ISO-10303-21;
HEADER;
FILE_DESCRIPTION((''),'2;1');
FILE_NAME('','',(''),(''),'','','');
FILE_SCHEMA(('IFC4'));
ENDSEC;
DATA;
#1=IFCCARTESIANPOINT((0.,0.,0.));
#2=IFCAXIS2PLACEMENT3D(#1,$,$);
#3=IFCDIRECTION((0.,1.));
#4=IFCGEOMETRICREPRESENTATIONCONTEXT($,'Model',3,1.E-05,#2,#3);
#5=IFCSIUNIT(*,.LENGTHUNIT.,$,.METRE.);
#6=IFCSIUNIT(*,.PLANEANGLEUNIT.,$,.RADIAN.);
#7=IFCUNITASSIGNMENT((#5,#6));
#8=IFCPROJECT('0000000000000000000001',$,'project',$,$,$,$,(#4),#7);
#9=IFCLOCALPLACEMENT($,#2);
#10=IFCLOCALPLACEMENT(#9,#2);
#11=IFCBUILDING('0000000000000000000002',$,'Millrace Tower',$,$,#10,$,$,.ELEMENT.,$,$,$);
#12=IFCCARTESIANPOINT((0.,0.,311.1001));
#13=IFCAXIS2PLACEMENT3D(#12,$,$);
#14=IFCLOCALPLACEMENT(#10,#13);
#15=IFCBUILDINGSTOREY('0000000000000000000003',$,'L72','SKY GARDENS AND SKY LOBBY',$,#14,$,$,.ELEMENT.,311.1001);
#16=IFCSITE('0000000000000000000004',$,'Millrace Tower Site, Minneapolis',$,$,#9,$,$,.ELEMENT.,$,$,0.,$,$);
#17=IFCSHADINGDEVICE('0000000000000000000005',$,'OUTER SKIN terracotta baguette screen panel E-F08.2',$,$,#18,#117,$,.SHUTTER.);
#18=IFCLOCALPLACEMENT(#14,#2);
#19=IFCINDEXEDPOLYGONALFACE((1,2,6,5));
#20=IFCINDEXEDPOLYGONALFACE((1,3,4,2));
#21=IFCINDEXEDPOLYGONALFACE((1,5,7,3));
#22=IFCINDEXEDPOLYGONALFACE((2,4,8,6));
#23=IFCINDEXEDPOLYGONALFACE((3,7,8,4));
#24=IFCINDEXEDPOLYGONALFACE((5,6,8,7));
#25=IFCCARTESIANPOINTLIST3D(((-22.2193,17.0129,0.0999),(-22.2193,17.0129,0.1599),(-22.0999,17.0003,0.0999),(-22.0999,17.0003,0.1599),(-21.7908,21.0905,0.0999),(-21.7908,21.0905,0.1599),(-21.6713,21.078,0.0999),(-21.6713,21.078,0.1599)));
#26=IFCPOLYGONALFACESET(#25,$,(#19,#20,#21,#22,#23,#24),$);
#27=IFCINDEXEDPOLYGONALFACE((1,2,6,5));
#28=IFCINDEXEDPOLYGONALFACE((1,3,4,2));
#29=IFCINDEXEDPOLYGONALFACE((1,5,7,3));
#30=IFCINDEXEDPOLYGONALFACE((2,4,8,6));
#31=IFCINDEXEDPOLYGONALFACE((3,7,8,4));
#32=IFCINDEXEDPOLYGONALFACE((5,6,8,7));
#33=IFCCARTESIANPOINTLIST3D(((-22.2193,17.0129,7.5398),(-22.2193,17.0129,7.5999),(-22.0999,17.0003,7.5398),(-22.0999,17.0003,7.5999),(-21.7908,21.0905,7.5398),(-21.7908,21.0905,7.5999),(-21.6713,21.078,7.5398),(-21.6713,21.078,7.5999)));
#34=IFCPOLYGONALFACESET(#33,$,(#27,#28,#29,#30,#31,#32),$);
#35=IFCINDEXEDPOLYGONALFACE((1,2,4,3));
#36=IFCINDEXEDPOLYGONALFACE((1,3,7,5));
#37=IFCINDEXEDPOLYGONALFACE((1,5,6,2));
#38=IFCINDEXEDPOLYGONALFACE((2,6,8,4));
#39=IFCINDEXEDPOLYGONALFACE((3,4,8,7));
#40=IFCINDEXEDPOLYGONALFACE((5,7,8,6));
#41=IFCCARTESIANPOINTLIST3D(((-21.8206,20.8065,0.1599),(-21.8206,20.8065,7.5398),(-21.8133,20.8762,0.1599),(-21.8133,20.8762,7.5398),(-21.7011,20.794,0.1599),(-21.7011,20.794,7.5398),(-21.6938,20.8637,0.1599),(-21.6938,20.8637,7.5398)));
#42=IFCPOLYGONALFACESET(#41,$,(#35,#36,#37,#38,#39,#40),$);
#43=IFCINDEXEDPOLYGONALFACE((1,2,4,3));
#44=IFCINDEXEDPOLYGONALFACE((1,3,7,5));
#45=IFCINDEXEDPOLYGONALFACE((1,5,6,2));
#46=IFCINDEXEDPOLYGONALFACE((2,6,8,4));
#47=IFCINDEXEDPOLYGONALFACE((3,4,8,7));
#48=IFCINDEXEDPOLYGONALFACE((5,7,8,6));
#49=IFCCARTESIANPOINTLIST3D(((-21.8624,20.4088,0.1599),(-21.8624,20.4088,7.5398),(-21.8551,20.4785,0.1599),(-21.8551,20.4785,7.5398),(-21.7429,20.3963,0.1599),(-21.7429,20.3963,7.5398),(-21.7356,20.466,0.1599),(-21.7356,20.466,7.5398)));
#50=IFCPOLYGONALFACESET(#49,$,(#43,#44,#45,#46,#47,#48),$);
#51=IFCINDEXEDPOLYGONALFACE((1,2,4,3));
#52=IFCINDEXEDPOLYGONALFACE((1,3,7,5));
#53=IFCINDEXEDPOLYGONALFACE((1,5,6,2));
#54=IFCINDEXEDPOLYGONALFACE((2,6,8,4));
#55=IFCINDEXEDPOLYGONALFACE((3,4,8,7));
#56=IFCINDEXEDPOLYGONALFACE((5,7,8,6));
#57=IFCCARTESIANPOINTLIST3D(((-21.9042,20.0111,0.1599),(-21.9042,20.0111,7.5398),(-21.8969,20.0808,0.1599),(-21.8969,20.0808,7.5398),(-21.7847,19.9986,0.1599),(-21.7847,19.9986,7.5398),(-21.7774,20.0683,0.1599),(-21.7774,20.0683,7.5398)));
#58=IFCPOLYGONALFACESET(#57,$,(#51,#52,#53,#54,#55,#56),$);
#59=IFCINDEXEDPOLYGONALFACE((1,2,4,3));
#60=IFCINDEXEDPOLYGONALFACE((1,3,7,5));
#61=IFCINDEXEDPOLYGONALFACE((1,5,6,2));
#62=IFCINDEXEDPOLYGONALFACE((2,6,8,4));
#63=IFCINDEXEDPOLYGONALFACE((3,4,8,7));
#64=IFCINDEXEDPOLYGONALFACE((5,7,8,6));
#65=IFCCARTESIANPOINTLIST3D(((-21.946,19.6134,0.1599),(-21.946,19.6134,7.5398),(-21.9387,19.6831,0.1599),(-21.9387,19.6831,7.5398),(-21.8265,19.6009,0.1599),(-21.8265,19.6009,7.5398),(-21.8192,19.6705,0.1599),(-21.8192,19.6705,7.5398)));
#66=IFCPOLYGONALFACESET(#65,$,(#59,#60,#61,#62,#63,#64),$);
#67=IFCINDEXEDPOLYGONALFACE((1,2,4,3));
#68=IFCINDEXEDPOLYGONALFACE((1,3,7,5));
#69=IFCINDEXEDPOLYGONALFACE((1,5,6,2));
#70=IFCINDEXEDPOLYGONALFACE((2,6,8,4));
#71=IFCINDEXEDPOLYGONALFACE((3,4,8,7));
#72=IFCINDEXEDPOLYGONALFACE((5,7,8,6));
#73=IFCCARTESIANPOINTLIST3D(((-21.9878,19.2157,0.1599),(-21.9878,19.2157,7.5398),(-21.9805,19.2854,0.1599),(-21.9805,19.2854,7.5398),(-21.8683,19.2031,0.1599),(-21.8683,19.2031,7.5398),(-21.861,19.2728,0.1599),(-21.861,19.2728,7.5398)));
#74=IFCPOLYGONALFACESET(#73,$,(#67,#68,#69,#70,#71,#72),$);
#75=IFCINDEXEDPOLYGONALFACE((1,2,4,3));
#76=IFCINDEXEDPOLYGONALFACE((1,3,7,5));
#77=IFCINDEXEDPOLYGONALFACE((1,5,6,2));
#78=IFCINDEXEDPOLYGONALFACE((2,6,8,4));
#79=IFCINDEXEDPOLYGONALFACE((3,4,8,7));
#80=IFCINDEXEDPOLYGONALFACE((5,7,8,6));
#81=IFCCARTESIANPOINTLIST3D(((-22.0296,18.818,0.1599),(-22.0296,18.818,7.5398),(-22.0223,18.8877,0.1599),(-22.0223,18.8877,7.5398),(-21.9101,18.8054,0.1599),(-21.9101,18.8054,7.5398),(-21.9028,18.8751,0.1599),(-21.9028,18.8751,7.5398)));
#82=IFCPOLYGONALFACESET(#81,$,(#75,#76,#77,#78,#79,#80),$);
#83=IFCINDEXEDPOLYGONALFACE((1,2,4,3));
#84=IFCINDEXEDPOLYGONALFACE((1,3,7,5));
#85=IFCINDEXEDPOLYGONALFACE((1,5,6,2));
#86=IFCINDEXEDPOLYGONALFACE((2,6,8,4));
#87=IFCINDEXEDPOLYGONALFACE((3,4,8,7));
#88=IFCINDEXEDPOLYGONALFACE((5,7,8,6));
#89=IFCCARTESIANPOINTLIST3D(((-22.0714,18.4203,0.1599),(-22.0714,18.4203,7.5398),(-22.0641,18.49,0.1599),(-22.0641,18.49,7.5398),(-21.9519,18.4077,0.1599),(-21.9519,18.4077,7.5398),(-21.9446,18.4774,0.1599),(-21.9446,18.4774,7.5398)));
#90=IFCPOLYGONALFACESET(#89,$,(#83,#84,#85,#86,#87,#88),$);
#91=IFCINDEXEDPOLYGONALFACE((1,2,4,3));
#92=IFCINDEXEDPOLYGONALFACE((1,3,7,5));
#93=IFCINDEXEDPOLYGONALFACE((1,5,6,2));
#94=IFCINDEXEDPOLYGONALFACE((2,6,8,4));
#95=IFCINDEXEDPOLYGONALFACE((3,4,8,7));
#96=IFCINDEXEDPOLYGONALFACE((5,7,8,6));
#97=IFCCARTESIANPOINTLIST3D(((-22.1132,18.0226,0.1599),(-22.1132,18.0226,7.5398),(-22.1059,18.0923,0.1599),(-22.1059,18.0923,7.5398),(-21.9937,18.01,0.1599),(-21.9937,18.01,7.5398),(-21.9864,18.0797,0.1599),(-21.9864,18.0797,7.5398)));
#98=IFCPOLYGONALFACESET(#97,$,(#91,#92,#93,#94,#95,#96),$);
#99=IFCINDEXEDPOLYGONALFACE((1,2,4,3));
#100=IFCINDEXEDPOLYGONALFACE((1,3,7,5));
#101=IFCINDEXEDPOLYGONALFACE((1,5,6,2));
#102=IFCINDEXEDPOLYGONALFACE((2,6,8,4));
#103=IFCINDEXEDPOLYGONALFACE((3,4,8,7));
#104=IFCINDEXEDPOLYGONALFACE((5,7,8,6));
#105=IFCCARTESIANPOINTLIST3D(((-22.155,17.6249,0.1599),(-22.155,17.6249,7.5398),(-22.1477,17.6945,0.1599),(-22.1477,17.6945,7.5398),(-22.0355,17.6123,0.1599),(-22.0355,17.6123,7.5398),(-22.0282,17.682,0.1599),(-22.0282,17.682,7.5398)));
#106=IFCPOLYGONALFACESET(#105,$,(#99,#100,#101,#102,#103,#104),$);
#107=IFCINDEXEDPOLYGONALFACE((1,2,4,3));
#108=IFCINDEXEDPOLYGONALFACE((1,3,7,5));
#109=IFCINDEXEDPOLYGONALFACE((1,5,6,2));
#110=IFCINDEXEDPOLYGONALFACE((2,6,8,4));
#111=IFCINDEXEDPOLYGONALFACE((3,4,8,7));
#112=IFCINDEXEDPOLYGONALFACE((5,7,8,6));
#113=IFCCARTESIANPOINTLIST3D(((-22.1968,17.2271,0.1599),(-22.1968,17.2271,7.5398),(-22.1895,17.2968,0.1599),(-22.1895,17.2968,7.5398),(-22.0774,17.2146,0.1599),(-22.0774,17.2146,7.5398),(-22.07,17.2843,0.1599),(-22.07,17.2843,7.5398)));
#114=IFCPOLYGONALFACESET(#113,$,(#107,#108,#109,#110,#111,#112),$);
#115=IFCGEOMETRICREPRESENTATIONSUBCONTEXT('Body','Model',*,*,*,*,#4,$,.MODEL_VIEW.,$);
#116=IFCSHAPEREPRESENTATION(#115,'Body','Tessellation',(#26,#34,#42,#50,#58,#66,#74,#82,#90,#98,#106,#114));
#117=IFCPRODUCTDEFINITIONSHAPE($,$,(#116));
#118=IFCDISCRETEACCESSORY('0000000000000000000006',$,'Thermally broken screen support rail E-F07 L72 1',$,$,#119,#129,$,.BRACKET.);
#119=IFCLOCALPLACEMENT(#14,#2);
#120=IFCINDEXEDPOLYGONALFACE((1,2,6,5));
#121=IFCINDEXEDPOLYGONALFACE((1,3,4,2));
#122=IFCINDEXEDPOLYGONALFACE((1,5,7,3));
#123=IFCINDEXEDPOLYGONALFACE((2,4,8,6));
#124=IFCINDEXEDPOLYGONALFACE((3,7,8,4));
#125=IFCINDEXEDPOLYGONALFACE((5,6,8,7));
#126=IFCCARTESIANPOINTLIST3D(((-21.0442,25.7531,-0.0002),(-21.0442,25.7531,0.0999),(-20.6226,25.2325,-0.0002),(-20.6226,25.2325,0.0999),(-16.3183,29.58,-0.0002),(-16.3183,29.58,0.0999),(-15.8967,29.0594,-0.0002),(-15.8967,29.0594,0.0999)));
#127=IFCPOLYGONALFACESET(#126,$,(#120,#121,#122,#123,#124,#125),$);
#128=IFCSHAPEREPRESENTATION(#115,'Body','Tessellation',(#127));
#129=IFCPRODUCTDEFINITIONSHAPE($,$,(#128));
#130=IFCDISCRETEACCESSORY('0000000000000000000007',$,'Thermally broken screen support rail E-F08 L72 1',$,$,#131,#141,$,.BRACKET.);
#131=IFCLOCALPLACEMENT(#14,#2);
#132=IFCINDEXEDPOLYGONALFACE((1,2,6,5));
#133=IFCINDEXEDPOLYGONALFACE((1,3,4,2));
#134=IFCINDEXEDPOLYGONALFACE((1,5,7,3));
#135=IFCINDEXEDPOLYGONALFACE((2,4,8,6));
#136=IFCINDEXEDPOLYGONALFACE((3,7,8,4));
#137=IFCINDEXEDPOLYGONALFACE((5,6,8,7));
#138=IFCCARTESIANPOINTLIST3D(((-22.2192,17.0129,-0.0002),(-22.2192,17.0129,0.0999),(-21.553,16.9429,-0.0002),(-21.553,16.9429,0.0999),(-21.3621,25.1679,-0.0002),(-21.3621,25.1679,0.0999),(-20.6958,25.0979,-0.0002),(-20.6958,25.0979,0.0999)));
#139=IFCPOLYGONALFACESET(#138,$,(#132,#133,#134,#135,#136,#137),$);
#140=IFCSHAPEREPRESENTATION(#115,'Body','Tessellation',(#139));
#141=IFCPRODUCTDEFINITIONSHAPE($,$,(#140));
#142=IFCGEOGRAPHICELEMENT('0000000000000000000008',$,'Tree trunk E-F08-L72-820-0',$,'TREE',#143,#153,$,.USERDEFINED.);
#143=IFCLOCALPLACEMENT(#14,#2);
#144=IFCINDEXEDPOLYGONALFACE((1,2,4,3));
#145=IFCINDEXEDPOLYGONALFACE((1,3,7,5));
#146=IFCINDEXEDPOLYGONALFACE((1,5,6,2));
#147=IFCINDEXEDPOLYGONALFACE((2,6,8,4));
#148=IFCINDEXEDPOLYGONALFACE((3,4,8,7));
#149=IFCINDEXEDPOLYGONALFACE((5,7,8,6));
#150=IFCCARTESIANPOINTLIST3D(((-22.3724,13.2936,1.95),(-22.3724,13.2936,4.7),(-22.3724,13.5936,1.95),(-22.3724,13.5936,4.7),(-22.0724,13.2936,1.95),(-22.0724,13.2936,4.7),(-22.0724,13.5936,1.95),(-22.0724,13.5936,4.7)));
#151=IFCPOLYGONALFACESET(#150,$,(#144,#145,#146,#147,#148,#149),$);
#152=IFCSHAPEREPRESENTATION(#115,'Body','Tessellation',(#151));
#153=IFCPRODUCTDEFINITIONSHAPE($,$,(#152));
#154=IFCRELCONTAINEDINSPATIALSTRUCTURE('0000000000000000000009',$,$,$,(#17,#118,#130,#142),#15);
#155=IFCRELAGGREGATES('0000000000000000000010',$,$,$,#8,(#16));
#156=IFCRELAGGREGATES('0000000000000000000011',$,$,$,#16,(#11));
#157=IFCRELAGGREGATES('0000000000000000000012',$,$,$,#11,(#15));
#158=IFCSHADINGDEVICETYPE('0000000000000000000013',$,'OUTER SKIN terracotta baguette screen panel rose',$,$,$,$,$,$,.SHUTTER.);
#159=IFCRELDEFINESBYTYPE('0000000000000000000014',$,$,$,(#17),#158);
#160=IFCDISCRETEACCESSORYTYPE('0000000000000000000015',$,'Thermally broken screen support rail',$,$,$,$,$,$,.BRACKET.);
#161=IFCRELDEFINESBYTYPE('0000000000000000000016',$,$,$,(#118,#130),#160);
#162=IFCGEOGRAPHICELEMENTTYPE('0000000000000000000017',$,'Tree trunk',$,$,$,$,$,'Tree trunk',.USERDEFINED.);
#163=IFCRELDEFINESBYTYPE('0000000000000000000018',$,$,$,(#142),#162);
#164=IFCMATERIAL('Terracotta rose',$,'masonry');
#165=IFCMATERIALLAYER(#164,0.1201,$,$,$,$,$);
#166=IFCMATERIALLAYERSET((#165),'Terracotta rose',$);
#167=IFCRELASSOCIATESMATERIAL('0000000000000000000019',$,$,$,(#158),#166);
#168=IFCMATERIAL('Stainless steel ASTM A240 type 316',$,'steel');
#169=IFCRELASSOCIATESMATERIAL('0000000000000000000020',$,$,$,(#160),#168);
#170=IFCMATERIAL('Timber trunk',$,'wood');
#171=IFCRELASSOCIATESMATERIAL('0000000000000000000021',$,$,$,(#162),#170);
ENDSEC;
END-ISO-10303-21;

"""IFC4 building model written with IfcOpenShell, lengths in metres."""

from ifc_helpers import new_model, entity, si_unit, direction, frame, frame_2d, origin, origin_2d, place, context, subcontext, project, spatial, rectangle, extrude, source, transform, mapped, material, layer, layer_set, type_object, element, save


model = new_model("IFC4")

# Units and contexts
model_context = context("Model", 3, precision=1e-05, world=origin(), true_north=direction((0.0, 1.0)))
body_context = subcontext(model_context, "Body", "Model", "MODEL_VIEW")
ifc_project = project(units=[si_unit("LENGTHUNIT", "METRE"), si_unit("PLANEANGLEUNIT", "RADIAN")], contexts=[model_context])

# Site, building, storey
site_placement = place(None, origin())
site = spatial("IfcSite", under=ifc_project, at=site_placement, Name="Millrace Tower Site, Minneapolis", CompositionType="ELEMENT", RefElevation=0.0)
building_placement = place(site_placement, origin())
building = spatial("IfcBuilding", under=site, at=building_placement, Name="Millrace Tower", CompositionType="ELEMENT")
storey_placement = place(building_placement, frame((0.0, 0.0, 311.1001)))
storey = spatial("IfcBuildingStorey", under=building, at=storey_placement, Name="L72", Description="SKY GARDENS AND SKY LOBBY", CompositionType="ELEMENT", Elevation=311.1001)

# Shading device
ifc_material_1 = material(Name="Terracotta rose", Category="masonry")
ifc_layer_1 = layer(ifc_material_1, 0.1201)
ifc_layer_set_1 = layer_set([ifc_layer_1], Name="Terracotta rose")
shading_device_type = type_object("IfcShadingDeviceType", Name="OUTER SKIN terracotta baguette screen panel rose", PredefinedType="SHUTTER", material=ifc_layer_set_1)
cartesian_point_1 = entity("IfcCartesianPoint", [-2.05, 0.0601])
shared_polyline_1 = entity("IfcPolyline", [cartesian_point_1, entity("IfcCartesianPoint", [2.05, 0.0601]), entity("IfcCartesianPoint", [2.05, -0.0601]), entity("IfcCartesianPoint", [-2.05, -0.0601]), cartesian_point_1])
shared_shape_1 = source(origin(), body_context, "Body", "SweptSolid", [
    entity("IfcExtrudedAreaSolid", entity("IfcArbitraryClosedProfileDef", "AREA", None, shared_polyline_1), entity("IfcAxis2Placement3D", entity("IfcCartesianPoint", [0.0, 0.0, 0.0])), entity("IfcDirection", [0.0, 0.0, 1.0]), 0.0601),
    entity("IfcExtrudedAreaSolid", entity("IfcArbitraryClosedProfileDef", "AREA", None, shared_polyline_1), entity("IfcAxis2Placement3D", entity("IfcCartesianPoint", [0.0, 0.0, 7.4399])), entity("IfcDirection", [0.0, 0.0, 1.0]), 0.0601),
    extrude(rectangle(XDim=0.0701, YDim=0.1201, at=frame_2d((-1.7996, 0.0))), frame((0.0, 0.0, 0.0601)), (0.0, 0.0, 1.0), 7.3799),
    extrude(rectangle(XDim=0.0701, YDim=0.1201, at=frame_2d((-1.3997, 0.0))), frame((0.0, 0.0, 0.0601)), (0.0, 0.0, 1.0), 7.3799),
    extrude(rectangle(XDim=0.0701, YDim=0.1201, at=frame_2d((-0.9998, 0.0))), frame((0.0, 0.0, 0.0601)), (0.0, 0.0, 1.0), 7.3799),
    extrude(rectangle(XDim=0.0701, YDim=0.1201, at=frame_2d((-0.5999, 0.0))), frame((0.0, 0.0, 0.0601)), (0.0, 0.0, 1.0), 7.3799),
    extrude(rectangle(XDim=0.0701, YDim=0.1201, at=frame_2d((-0.2, 0.0))), frame((0.0, 0.0, 0.0601)), (0.0, 0.0, 1.0), 7.3799),
    extrude(rectangle(XDim=0.0701, YDim=0.1201, at=frame_2d((0.2, 0.0))), frame((0.0, 0.0, 0.0601)), (0.0, 0.0, 1.0), 7.3799),
    extrude(rectangle(XDim=0.0701, YDim=0.1201, at=frame_2d((0.5999, 0.0))), frame((0.0, 0.0, 0.0601)), (0.0, 0.0, 1.0), 7.3799),
    extrude(rectangle(XDim=0.0701, YDim=0.1201, at=frame_2d((0.9998, 0.0))), frame((0.0, 0.0, 0.0601)), (0.0, 0.0, 1.0), 7.3799),
    extrude(rectangle(XDim=0.0701, YDim=0.1201, at=frame_2d((1.3997, 0.0))), frame((0.0, 0.0, 0.0601)), (0.0, 0.0, 1.0), 7.3799),
    extrude(rectangle(XDim=0.0701, YDim=0.1201, at=frame_2d((1.7996, 0.0))), frame((0.0, 0.0, 0.0601)), (0.0, 0.0, 1.0), 7.3799),
])
shading_device_1_placement = place(storey_placement, frame((-21.9453, 19.0454, 0.0999), z_axis=(0.0, 0.0, 1.0), x_axis=(-0.104528, -0.994522, 0.0)))
element("IfcShadingDevice", 1, at=shading_device_1_placement, inside=storey, type_object=shading_device_type, Name="OUTER SKIN terracotta baguette screen panel E-F08.2", PredefinedType="SHUTTER", context=body_context, shape_type="MappedRepresentation", body=[
    mapped(shared_shape_1, transform((0.0, 0.0, 0.0), scale=1.0)),
])

# Discrete accessories
ifc_material_2 = material(Name="Stainless steel ASTM A240 type 316", Category="steel")
discrete_accessory_type = type_object("IfcDiscreteAccessoryType", Name="Thermally broken screen support rail", PredefinedType="BRACKET", material=ifc_material_2)
discrete_accessory_1_placement = place(storey_placement, frame((-18.4705, 27.4062, -0.0002), z_axis=(0.0, 0.0, 1.0), x_axis=(-0.777146, -0.62932, 0.0)))
element("IfcDiscreteAccessory", 2, at=discrete_accessory_1_placement, inside=storey, type_object=discrete_accessory_type, Name="Thermally broken screen support rail E-F07 L72 1", PredefinedType="BRACKET", context=body_context, shape_type="SweptSolid", body=[
    extrude(rectangle(XDim=6.0811, YDim=0.6699, at=origin_2d()), origin(), (0.0, 0.0, 1.0), 0.1001),
])
discrete_accessory_2_placement = place(storey_placement, frame((-21.4575, 21.0554, -0.0002), z_axis=(0.0, 0.0, 1.0), x_axis=(-0.104528, -0.994522, 0.0)))
element("IfcDiscreteAccessory", 3, at=discrete_accessory_2_placement, inside=storey, type_object=discrete_accessory_type, Name="Thermally broken screen support rail E-F08 L72 1", PredefinedType="BRACKET", context=body_context, shape_type="SweptSolid", body=[
    extrude(rectangle(XDim=8.2, YDim=0.6699, at=origin_2d()), origin(), (0.0, 0.0, 1.0), 0.1001),
])

# Geographic element
ifc_material_3 = material(Name="Timber trunk", Category="wood")
geographic_element_type = type_object("IfcGeographicElementType", Name="Tree trunk", ElementType="Tree trunk", PredefinedType="USERDEFINED", material=ifc_material_3)
geographic_element_placement = place(storey_placement, frame((-22.2224, 13.4436, 1.95), z_axis=(0.0, 0.0, 1.0), x_axis=(1.0, 0.0, 0.0)))
element("IfcGeographicElement", 4, at=geographic_element_placement, inside=storey, type_object=geographic_element_type, Name="Tree trunk E-F08-L72-820-0", ObjectType="TREE", PredefinedType="USERDEFINED", context=body_context, shape_type="SweptSolid", body=[
    extrude(rectangle(XDim=0.3, YDim=0.3, at=origin_2d()), origin(), (0.0, 0.0, 1.0), 2.75),
])

save(model, "model.ifc")
